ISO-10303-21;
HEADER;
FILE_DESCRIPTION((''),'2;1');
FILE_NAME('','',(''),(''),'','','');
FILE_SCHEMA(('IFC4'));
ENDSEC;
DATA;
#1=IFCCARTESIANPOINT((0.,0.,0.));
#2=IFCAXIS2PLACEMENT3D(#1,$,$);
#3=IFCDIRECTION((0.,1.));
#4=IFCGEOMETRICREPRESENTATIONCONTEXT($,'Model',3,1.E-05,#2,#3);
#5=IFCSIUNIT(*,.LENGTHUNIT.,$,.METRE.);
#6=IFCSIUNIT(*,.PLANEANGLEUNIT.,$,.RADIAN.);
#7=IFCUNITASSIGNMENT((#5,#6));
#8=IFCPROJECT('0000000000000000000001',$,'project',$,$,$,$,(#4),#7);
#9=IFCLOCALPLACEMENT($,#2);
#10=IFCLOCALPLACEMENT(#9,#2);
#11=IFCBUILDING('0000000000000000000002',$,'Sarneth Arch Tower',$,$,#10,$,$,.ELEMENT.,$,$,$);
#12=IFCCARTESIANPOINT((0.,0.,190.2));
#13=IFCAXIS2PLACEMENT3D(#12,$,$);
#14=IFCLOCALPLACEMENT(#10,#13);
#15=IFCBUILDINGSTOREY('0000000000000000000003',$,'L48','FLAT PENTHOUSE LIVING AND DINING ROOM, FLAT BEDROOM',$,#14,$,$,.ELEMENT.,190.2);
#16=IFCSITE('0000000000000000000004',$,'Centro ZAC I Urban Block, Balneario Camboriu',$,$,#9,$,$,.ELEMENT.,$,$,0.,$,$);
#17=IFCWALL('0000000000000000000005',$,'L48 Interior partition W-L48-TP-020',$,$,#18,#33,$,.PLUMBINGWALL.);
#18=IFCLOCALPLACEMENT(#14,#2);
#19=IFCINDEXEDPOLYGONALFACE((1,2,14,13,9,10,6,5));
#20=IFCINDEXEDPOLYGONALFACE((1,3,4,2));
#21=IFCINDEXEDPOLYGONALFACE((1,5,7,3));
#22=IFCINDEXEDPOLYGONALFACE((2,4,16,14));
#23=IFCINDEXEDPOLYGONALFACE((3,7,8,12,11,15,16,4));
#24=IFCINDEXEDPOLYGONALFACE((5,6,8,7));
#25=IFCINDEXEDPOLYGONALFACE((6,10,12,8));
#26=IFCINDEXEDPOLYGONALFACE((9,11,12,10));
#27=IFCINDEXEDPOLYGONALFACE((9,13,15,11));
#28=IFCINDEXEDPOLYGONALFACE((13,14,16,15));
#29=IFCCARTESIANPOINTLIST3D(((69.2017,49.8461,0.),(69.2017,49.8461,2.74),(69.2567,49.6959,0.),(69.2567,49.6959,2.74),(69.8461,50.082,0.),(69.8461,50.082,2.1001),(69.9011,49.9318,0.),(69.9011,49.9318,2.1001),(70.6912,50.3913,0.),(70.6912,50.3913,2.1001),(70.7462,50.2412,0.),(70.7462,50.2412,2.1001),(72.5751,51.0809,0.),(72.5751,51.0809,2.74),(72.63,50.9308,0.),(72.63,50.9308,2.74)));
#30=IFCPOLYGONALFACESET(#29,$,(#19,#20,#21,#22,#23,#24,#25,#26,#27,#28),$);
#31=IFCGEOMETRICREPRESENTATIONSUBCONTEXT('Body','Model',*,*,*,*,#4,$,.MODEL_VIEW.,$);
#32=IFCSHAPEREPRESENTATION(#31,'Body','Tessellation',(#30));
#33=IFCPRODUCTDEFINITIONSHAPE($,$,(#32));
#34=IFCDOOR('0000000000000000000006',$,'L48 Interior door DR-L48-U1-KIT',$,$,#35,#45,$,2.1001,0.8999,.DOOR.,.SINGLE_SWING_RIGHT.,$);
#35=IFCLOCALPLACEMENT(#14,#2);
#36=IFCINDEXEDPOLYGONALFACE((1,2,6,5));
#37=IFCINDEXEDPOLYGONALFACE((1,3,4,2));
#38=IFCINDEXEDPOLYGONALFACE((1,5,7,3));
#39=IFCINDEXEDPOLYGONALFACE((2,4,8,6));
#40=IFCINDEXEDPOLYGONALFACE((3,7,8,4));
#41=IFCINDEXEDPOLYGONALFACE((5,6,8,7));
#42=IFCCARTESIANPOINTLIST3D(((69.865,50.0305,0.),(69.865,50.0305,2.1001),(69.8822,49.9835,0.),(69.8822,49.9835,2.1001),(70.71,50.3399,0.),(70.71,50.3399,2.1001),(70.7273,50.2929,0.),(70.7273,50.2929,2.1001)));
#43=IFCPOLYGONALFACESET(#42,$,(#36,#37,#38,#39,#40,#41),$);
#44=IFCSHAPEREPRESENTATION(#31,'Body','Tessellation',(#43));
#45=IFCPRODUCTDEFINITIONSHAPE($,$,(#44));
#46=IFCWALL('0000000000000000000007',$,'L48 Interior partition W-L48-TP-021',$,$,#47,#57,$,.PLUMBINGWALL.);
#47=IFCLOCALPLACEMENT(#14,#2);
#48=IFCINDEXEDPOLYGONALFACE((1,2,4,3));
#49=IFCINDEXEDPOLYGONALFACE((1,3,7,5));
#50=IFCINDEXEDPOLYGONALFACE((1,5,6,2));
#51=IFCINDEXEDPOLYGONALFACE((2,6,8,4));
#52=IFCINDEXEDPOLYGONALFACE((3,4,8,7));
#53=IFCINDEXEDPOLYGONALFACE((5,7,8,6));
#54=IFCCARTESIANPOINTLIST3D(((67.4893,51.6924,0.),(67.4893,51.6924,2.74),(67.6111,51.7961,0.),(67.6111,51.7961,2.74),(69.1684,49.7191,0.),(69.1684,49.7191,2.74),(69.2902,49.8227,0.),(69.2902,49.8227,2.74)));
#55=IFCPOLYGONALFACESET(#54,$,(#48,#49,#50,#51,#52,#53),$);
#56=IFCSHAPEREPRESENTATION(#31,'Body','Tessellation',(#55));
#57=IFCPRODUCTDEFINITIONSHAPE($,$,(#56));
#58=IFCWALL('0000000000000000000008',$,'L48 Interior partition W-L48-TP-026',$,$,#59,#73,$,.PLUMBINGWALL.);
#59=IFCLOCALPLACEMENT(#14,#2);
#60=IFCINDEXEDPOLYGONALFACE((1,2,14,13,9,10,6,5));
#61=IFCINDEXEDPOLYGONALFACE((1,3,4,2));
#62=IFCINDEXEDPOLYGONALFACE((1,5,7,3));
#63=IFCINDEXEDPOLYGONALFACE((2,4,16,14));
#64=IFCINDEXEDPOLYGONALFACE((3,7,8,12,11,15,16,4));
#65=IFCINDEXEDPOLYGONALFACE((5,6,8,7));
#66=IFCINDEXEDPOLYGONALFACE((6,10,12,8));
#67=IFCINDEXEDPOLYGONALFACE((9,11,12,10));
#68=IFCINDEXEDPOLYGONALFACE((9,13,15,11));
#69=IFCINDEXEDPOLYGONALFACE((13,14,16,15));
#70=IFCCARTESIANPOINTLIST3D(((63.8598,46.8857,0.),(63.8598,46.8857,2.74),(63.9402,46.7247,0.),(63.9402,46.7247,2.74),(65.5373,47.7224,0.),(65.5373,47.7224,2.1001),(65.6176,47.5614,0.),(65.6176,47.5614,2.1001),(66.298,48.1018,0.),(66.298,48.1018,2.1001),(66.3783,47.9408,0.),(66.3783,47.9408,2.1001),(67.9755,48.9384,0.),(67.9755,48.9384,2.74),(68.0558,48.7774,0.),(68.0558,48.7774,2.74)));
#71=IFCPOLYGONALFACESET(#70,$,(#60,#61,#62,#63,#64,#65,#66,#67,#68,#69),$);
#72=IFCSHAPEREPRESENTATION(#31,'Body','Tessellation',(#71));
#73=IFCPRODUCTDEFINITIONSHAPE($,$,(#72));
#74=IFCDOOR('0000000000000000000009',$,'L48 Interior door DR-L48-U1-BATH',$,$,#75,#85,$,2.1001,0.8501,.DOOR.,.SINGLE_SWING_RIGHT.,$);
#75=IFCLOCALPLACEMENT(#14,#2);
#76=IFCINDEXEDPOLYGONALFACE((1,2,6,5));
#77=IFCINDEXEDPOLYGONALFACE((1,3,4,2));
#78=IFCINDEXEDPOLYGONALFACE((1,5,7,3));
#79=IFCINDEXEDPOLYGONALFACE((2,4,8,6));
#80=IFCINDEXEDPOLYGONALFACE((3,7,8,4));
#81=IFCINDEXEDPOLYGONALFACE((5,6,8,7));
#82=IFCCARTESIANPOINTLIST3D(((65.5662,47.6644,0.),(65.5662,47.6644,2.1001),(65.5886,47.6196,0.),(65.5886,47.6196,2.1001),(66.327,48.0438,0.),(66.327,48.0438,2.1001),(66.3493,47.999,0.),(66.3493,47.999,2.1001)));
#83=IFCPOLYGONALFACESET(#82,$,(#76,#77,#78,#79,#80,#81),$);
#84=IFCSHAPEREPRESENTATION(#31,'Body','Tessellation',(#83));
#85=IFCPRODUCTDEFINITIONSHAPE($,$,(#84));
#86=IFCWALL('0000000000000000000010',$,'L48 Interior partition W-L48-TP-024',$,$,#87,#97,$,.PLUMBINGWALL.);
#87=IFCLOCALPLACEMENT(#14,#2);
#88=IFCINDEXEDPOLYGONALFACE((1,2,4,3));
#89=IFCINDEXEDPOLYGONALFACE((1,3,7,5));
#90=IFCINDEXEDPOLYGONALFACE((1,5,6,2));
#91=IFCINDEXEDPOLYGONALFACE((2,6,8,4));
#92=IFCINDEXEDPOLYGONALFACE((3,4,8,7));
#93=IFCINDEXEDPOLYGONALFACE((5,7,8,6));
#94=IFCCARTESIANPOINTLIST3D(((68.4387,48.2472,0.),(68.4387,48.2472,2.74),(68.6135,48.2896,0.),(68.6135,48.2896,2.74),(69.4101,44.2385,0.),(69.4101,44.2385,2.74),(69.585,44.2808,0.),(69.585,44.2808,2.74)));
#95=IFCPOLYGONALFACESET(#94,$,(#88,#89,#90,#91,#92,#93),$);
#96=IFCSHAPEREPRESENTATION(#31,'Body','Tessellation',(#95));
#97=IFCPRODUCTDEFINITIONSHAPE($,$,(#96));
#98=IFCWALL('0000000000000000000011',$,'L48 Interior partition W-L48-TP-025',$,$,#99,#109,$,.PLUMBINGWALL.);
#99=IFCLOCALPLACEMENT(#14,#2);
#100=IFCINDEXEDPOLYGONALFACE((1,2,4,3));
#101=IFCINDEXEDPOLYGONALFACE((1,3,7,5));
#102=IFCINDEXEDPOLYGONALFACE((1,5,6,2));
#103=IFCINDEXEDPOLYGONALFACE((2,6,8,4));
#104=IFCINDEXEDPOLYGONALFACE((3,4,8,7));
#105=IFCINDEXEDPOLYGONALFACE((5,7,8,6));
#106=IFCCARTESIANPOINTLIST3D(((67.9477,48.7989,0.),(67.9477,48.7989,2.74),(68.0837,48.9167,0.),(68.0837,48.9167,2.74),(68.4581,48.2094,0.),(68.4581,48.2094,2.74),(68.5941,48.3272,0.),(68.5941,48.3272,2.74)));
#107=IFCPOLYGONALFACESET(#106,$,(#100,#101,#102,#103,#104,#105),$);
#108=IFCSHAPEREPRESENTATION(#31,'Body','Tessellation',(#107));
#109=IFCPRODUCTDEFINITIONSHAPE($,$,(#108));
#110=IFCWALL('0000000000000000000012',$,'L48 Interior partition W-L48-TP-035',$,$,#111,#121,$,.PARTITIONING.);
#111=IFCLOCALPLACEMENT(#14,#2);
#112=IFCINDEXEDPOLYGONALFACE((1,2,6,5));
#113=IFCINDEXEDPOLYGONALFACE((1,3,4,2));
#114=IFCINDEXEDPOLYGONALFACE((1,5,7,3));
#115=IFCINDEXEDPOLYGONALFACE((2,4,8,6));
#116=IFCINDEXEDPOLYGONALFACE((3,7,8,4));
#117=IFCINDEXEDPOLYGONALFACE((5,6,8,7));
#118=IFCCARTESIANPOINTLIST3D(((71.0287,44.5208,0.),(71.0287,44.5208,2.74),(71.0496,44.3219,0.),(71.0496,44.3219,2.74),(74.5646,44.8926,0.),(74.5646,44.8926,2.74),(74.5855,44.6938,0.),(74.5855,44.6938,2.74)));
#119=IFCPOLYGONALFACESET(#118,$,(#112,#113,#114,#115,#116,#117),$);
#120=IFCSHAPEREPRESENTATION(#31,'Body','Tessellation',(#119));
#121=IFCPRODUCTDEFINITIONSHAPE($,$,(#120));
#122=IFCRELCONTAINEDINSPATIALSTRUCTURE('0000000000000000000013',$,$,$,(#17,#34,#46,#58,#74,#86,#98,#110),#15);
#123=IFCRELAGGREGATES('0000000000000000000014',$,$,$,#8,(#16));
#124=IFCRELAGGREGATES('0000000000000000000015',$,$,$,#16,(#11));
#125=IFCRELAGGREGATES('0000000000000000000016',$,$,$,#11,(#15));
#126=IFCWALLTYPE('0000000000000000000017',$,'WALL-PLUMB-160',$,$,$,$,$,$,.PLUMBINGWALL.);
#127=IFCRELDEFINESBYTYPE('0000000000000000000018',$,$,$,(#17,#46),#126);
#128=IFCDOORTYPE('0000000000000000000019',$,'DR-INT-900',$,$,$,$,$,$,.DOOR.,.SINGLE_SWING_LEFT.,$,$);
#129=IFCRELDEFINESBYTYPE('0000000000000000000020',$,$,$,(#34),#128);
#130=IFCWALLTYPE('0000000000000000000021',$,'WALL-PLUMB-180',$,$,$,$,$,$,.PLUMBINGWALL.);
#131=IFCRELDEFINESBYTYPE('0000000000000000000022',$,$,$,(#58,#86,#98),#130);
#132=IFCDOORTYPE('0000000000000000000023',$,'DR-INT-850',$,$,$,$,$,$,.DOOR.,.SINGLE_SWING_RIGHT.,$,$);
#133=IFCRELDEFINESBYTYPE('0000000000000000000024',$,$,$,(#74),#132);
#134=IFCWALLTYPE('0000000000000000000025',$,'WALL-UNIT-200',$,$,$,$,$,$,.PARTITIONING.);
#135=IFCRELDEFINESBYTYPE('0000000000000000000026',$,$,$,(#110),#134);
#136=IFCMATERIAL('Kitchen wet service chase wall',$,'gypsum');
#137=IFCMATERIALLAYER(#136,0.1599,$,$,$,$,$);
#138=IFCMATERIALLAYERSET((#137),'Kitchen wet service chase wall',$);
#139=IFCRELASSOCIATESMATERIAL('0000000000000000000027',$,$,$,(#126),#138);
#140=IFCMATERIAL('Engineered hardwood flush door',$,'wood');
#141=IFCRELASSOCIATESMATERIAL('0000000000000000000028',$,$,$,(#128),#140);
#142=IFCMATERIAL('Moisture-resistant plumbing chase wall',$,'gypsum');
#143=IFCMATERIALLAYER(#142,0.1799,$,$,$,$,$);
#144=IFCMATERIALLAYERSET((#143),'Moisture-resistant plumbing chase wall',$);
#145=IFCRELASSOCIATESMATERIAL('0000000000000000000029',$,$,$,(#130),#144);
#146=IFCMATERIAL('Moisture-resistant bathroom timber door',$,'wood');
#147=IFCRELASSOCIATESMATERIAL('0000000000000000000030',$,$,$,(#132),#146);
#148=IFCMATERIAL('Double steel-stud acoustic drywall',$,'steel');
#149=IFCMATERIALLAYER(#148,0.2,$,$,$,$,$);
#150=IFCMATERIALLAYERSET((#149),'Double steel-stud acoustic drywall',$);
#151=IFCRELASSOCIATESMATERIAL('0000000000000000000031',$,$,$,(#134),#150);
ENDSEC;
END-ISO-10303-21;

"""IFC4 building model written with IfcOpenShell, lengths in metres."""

from ifc_helpers import new_model, si_unit, direction, frame, frame_2d, origin, place, context, subcontext, project, spatial, rectangle, extrude, material, layer, layer_set, type_object, element, fill, save


model = new_model("IFC4")

# Units and contexts
model_context = context("Model", 3, precision=1e-05, world=origin(), true_north=direction((0.0, 1.0)))
body_context = subcontext(model_context, "Body", "Model", "MODEL_VIEW")
ifc_project = project(units=[si_unit("LENGTHUNIT", "METRE"), si_unit("PLANEANGLEUNIT", "RADIAN")], contexts=[model_context])

# Site, building, storey
site_placement = place(None, origin())
site = spatial("IfcSite", under=ifc_project, at=site_placement, Name="Centro ZAC I Urban Block, Balneario Camboriu", CompositionType="ELEMENT", RefElevation=0.0)
building_placement = place(site_placement, origin())
building = spatial("IfcBuilding", under=site, at=building_placement, Name="Sarneth Arch Tower", CompositionType="ELEMENT")
storey_placement = place(building_placement, frame((0.0, 0.0, 190.2)))
storey = spatial("IfcBuildingStorey", under=building, at=storey_placement, Name="L48", Description="FLAT PENTHOUSE LIVING AND DINING ROOM, FLAT BEDROOM", CompositionType="ELEMENT", Elevation=190.2)

# Wall, opening, door
ifc_material_1 = material(Name="Kitchen wet service chase wall", Category="gypsum")
ifc_layer_1 = layer(ifc_material_1, 0.1599)
ifc_layer_set_1 = layer_set([ifc_layer_1], Name="Kitchen wet service chase wall")
wall_type_1 = type_object("IfcWallType", Name="WALL-PLUMB-160", PredefinedType="PLUMBINGWALL", material=ifc_layer_set_1)
wall_1_placement = place(storey_placement, frame((72.6025, 51.0059, 0.0), z_axis=(0.0, 0.0, 1.0), x_axis=(-0.939057, -0.343761, 0.0)))
wall_1 = element("IfcWall", 1, at=wall_1_placement, inside=storey, type_object=wall_type_1, Name="L48 Interior partition W-L48-TP-020", PredefinedType="PLUMBINGWALL", context=body_context, shape_type="SweptSolid", body=[
    extrude(rectangle(XDim=3.5923, YDim=0.1599, at=frame_2d((1.7961, 0.0))), origin(), (0.0, 0.0, 1.0), 2.74),
])
opening_1_placement = place(wall_1_placement, frame((2.0061, 0.0, 0.0)))
opening_1 = element("IfcOpeningElement", 2, at=opening_1_placement, cuts=wall_1, PredefinedType="OPENING", context=body_context, shape_type="SweptSolid", body=[
    extrude(rectangle(XDim=0.8999, YDim=2.1001, at=frame_2d((0.45, 1.05))), frame((0.0, 0.0898, 0.0), z_axis=(0.0, -1.0, 0.0), x_axis=(1.0, 0.0, 0.0)), (0.0, 0.0, 1.0), 0.1799),
])
ifc_material_2 = material(Name="Engineered hardwood flush door", Category="wood")
door_type_1 = type_object("IfcDoorType", Name="DR-INT-900", OperationType="SINGLE_SWING_LEFT", PredefinedType="DOOR", material=ifc_material_2)
door_1_placement = place(opening_1_placement, origin())
door_1 = element("IfcDoor", 3, at=door_1_placement, inside=storey, type_object=door_type_1, Name="L48 Interior door DR-L48-U1-KIT", OperationType="SINGLE_SWING_RIGHT", OverallHeight=2.1001, OverallWidth=0.8999, PredefinedType="DOOR", context=body_context, shape_type="SweptSolid", body=[
    extrude(rectangle(XDim=0.8999, YDim=2.1001, at=frame_2d((0.45, 1.05))), frame((0.0, 0.0249, 0.0), z_axis=(0.0, -1.0, 0.0), x_axis=(1.0, 0.0, 0.0)), (0.0, 0.0, 1.0), 0.05),
])
fill(opening_1, door_1)

# Wall
wall_2_placement = place(storey_placement, frame((69.2292, 49.771, 0.0), z_axis=(0.0, 0.0, 1.0), x_axis=(-0.648056, 0.761593, 0.0)))
element("IfcWall", 4, at=wall_2_placement, inside=storey, type_object=wall_type_1, Name="L48 Interior partition W-L48-TP-021", PredefinedType="PLUMBINGWALL", context=body_context, shape_type="SweptSolid", body=[
    extrude(rectangle(XDim=2.5911, YDim=0.1599, at=frame_2d((1.2954, 0.0))), origin(), (0.0, 0.0, 1.0), 2.74),
])

# Wall, opening, door
ifc_material_3 = material(Name="Moisture-resistant plumbing chase wall", Category="gypsum")
ifc_layer_2 = layer(ifc_material_3, 0.1799)
ifc_layer_set_2 = layer_set([ifc_layer_2], Name="Moisture-resistant plumbing chase wall")
wall_type_2 = type_object("IfcWallType", Name="WALL-PLUMB-180", PredefinedType="PLUMBINGWALL", material=ifc_layer_set_2)
wall_3_placement = place(storey_placement, frame((68.0156, 48.8579, 0.0), z_axis=(0.0, 0.0, 1.0), x_axis=(-0.894873, -0.446322, 0.0)))
wall_3 = element("IfcWall", 5, at=wall_3_placement, inside=storey, type_object=wall_type_2, Name="L48 Interior partition W-L48-TP-026", PredefinedType="PLUMBINGWALL", context=body_context, shape_type="SweptSolid", body=[
    extrude(rectangle(XDim=4.5991, YDim=0.1799, at=frame_2d((2.2996, 0.0))), origin(), (0.0, 0.0, 1.0), 2.74),
])
opening_2_placement = place(wall_3_placement, frame((1.8745, 0.0, 0.0)))
opening_2 = element("IfcOpeningElement", 6, at=opening_2_placement, cuts=wall_3, PredefinedType="OPENING", context=body_context, shape_type="SweptSolid", body=[
    extrude(rectangle(XDim=0.8501, YDim=2.1001, at=frame_2d((0.425, 1.05))), frame((0.0, 0.0999, 0.0), z_axis=(0.0, -1.0, 0.0), x_axis=(1.0, 0.0, 0.0)), (0.0, 0.0, 1.0), 0.2),
])
ifc_material_4 = material(Name="Moisture-resistant bathroom timber door", Category="wood")
door_type_2 = type_object("IfcDoorType", Name="DR-INT-850", OperationType="SINGLE_SWING_RIGHT", PredefinedType="DOOR", material=ifc_material_4)
door_2_placement = place(opening_2_placement, origin())
door_2 = element("IfcDoor", 7, at=door_2_placement, inside=storey, type_object=door_type_2, Name="L48 Interior door DR-L48-U1-BATH", OperationType="SINGLE_SWING_RIGHT", OverallHeight=2.1001, OverallWidth=0.8501, PredefinedType="DOOR", context=body_context, shape_type="SweptSolid", body=[
    extrude(rectangle(XDim=0.8501, YDim=2.1001, at=frame_2d((0.425, 1.05))), frame((0.0, 0.0249, 0.0), z_axis=(0.0, -1.0, 0.0), x_axis=(1.0, 0.0, 0.0)), (0.0, 0.0, 1.0), 0.05),
])
fill(opening_2, door_2)

# Walls
wall_4_placement = place(storey_placement, frame((69.4976, 44.2595, 0.0), z_axis=(0.0, 0.0, 1.0), x_axis=(-0.23551, 0.971872, 0.0)))
element("IfcWall", 8, at=wall_4_placement, inside=storey, type_object=wall_type_2, Name="L48 Interior partition W-L48-TP-024", PredefinedType="PLUMBINGWALL", context=body_context, shape_type="SweptSolid", body=[
    extrude(rectangle(XDim=4.1248, YDim=0.1799, at=frame_2d((2.0625, 0.0))), origin(), (0.0, 0.0, 1.0), 2.74),
])
wall_5_placement = place(storey_placement, frame((68.5261, 48.2683, 0.0), z_axis=(0.0, 0.0, 1.0), x_axis=(-0.654573, 0.755999, 0.0)))
element("IfcWall", 9, at=wall_5_placement, inside=storey, type_object=wall_type_2, Name="L48 Interior partition W-L48-TP-025", PredefinedType="PLUMBINGWALL", context=body_context, shape_type="SweptSolid", body=[
    extrude(rectangle(XDim=0.7798, YDim=0.1799, at=frame_2d((0.3899, 0.0))), origin(), (0.0, 0.0, 1.0), 2.74),
])
ifc_material_5 = material(Name="Double steel-stud acoustic drywall", Category="steel")
ifc_layer_3 = layer(ifc_material_5, 0.2)
ifc_layer_set_3 = layer_set([ifc_layer_3], Name="Double steel-stud acoustic drywall")
wall_type_3 = type_object("IfcWallType", Name="WALL-UNIT-200", PredefinedType="PARTITIONING", material=ifc_layer_set_3)
wall_6_placement = place(storey_placement, frame((74.5752, 44.7932, 0.0), z_axis=(0.0, 0.0, 1.0), x_axis=(-0.994516, -0.104581, 0.0)))
element("IfcWall", 10, at=wall_6_placement, inside=storey, type_object=wall_type_3, Name="L48 Interior partition W-L48-TP-035", PredefinedType="PARTITIONING", context=body_context, shape_type="SweptSolid", body=[
    extrude(rectangle(XDim=3.5554, YDim=0.2, at=frame_2d((1.7778, 0.0))), origin(), (0.0, 0.0, 1.0), 2.74),
])

save(model, "model.ifc")
